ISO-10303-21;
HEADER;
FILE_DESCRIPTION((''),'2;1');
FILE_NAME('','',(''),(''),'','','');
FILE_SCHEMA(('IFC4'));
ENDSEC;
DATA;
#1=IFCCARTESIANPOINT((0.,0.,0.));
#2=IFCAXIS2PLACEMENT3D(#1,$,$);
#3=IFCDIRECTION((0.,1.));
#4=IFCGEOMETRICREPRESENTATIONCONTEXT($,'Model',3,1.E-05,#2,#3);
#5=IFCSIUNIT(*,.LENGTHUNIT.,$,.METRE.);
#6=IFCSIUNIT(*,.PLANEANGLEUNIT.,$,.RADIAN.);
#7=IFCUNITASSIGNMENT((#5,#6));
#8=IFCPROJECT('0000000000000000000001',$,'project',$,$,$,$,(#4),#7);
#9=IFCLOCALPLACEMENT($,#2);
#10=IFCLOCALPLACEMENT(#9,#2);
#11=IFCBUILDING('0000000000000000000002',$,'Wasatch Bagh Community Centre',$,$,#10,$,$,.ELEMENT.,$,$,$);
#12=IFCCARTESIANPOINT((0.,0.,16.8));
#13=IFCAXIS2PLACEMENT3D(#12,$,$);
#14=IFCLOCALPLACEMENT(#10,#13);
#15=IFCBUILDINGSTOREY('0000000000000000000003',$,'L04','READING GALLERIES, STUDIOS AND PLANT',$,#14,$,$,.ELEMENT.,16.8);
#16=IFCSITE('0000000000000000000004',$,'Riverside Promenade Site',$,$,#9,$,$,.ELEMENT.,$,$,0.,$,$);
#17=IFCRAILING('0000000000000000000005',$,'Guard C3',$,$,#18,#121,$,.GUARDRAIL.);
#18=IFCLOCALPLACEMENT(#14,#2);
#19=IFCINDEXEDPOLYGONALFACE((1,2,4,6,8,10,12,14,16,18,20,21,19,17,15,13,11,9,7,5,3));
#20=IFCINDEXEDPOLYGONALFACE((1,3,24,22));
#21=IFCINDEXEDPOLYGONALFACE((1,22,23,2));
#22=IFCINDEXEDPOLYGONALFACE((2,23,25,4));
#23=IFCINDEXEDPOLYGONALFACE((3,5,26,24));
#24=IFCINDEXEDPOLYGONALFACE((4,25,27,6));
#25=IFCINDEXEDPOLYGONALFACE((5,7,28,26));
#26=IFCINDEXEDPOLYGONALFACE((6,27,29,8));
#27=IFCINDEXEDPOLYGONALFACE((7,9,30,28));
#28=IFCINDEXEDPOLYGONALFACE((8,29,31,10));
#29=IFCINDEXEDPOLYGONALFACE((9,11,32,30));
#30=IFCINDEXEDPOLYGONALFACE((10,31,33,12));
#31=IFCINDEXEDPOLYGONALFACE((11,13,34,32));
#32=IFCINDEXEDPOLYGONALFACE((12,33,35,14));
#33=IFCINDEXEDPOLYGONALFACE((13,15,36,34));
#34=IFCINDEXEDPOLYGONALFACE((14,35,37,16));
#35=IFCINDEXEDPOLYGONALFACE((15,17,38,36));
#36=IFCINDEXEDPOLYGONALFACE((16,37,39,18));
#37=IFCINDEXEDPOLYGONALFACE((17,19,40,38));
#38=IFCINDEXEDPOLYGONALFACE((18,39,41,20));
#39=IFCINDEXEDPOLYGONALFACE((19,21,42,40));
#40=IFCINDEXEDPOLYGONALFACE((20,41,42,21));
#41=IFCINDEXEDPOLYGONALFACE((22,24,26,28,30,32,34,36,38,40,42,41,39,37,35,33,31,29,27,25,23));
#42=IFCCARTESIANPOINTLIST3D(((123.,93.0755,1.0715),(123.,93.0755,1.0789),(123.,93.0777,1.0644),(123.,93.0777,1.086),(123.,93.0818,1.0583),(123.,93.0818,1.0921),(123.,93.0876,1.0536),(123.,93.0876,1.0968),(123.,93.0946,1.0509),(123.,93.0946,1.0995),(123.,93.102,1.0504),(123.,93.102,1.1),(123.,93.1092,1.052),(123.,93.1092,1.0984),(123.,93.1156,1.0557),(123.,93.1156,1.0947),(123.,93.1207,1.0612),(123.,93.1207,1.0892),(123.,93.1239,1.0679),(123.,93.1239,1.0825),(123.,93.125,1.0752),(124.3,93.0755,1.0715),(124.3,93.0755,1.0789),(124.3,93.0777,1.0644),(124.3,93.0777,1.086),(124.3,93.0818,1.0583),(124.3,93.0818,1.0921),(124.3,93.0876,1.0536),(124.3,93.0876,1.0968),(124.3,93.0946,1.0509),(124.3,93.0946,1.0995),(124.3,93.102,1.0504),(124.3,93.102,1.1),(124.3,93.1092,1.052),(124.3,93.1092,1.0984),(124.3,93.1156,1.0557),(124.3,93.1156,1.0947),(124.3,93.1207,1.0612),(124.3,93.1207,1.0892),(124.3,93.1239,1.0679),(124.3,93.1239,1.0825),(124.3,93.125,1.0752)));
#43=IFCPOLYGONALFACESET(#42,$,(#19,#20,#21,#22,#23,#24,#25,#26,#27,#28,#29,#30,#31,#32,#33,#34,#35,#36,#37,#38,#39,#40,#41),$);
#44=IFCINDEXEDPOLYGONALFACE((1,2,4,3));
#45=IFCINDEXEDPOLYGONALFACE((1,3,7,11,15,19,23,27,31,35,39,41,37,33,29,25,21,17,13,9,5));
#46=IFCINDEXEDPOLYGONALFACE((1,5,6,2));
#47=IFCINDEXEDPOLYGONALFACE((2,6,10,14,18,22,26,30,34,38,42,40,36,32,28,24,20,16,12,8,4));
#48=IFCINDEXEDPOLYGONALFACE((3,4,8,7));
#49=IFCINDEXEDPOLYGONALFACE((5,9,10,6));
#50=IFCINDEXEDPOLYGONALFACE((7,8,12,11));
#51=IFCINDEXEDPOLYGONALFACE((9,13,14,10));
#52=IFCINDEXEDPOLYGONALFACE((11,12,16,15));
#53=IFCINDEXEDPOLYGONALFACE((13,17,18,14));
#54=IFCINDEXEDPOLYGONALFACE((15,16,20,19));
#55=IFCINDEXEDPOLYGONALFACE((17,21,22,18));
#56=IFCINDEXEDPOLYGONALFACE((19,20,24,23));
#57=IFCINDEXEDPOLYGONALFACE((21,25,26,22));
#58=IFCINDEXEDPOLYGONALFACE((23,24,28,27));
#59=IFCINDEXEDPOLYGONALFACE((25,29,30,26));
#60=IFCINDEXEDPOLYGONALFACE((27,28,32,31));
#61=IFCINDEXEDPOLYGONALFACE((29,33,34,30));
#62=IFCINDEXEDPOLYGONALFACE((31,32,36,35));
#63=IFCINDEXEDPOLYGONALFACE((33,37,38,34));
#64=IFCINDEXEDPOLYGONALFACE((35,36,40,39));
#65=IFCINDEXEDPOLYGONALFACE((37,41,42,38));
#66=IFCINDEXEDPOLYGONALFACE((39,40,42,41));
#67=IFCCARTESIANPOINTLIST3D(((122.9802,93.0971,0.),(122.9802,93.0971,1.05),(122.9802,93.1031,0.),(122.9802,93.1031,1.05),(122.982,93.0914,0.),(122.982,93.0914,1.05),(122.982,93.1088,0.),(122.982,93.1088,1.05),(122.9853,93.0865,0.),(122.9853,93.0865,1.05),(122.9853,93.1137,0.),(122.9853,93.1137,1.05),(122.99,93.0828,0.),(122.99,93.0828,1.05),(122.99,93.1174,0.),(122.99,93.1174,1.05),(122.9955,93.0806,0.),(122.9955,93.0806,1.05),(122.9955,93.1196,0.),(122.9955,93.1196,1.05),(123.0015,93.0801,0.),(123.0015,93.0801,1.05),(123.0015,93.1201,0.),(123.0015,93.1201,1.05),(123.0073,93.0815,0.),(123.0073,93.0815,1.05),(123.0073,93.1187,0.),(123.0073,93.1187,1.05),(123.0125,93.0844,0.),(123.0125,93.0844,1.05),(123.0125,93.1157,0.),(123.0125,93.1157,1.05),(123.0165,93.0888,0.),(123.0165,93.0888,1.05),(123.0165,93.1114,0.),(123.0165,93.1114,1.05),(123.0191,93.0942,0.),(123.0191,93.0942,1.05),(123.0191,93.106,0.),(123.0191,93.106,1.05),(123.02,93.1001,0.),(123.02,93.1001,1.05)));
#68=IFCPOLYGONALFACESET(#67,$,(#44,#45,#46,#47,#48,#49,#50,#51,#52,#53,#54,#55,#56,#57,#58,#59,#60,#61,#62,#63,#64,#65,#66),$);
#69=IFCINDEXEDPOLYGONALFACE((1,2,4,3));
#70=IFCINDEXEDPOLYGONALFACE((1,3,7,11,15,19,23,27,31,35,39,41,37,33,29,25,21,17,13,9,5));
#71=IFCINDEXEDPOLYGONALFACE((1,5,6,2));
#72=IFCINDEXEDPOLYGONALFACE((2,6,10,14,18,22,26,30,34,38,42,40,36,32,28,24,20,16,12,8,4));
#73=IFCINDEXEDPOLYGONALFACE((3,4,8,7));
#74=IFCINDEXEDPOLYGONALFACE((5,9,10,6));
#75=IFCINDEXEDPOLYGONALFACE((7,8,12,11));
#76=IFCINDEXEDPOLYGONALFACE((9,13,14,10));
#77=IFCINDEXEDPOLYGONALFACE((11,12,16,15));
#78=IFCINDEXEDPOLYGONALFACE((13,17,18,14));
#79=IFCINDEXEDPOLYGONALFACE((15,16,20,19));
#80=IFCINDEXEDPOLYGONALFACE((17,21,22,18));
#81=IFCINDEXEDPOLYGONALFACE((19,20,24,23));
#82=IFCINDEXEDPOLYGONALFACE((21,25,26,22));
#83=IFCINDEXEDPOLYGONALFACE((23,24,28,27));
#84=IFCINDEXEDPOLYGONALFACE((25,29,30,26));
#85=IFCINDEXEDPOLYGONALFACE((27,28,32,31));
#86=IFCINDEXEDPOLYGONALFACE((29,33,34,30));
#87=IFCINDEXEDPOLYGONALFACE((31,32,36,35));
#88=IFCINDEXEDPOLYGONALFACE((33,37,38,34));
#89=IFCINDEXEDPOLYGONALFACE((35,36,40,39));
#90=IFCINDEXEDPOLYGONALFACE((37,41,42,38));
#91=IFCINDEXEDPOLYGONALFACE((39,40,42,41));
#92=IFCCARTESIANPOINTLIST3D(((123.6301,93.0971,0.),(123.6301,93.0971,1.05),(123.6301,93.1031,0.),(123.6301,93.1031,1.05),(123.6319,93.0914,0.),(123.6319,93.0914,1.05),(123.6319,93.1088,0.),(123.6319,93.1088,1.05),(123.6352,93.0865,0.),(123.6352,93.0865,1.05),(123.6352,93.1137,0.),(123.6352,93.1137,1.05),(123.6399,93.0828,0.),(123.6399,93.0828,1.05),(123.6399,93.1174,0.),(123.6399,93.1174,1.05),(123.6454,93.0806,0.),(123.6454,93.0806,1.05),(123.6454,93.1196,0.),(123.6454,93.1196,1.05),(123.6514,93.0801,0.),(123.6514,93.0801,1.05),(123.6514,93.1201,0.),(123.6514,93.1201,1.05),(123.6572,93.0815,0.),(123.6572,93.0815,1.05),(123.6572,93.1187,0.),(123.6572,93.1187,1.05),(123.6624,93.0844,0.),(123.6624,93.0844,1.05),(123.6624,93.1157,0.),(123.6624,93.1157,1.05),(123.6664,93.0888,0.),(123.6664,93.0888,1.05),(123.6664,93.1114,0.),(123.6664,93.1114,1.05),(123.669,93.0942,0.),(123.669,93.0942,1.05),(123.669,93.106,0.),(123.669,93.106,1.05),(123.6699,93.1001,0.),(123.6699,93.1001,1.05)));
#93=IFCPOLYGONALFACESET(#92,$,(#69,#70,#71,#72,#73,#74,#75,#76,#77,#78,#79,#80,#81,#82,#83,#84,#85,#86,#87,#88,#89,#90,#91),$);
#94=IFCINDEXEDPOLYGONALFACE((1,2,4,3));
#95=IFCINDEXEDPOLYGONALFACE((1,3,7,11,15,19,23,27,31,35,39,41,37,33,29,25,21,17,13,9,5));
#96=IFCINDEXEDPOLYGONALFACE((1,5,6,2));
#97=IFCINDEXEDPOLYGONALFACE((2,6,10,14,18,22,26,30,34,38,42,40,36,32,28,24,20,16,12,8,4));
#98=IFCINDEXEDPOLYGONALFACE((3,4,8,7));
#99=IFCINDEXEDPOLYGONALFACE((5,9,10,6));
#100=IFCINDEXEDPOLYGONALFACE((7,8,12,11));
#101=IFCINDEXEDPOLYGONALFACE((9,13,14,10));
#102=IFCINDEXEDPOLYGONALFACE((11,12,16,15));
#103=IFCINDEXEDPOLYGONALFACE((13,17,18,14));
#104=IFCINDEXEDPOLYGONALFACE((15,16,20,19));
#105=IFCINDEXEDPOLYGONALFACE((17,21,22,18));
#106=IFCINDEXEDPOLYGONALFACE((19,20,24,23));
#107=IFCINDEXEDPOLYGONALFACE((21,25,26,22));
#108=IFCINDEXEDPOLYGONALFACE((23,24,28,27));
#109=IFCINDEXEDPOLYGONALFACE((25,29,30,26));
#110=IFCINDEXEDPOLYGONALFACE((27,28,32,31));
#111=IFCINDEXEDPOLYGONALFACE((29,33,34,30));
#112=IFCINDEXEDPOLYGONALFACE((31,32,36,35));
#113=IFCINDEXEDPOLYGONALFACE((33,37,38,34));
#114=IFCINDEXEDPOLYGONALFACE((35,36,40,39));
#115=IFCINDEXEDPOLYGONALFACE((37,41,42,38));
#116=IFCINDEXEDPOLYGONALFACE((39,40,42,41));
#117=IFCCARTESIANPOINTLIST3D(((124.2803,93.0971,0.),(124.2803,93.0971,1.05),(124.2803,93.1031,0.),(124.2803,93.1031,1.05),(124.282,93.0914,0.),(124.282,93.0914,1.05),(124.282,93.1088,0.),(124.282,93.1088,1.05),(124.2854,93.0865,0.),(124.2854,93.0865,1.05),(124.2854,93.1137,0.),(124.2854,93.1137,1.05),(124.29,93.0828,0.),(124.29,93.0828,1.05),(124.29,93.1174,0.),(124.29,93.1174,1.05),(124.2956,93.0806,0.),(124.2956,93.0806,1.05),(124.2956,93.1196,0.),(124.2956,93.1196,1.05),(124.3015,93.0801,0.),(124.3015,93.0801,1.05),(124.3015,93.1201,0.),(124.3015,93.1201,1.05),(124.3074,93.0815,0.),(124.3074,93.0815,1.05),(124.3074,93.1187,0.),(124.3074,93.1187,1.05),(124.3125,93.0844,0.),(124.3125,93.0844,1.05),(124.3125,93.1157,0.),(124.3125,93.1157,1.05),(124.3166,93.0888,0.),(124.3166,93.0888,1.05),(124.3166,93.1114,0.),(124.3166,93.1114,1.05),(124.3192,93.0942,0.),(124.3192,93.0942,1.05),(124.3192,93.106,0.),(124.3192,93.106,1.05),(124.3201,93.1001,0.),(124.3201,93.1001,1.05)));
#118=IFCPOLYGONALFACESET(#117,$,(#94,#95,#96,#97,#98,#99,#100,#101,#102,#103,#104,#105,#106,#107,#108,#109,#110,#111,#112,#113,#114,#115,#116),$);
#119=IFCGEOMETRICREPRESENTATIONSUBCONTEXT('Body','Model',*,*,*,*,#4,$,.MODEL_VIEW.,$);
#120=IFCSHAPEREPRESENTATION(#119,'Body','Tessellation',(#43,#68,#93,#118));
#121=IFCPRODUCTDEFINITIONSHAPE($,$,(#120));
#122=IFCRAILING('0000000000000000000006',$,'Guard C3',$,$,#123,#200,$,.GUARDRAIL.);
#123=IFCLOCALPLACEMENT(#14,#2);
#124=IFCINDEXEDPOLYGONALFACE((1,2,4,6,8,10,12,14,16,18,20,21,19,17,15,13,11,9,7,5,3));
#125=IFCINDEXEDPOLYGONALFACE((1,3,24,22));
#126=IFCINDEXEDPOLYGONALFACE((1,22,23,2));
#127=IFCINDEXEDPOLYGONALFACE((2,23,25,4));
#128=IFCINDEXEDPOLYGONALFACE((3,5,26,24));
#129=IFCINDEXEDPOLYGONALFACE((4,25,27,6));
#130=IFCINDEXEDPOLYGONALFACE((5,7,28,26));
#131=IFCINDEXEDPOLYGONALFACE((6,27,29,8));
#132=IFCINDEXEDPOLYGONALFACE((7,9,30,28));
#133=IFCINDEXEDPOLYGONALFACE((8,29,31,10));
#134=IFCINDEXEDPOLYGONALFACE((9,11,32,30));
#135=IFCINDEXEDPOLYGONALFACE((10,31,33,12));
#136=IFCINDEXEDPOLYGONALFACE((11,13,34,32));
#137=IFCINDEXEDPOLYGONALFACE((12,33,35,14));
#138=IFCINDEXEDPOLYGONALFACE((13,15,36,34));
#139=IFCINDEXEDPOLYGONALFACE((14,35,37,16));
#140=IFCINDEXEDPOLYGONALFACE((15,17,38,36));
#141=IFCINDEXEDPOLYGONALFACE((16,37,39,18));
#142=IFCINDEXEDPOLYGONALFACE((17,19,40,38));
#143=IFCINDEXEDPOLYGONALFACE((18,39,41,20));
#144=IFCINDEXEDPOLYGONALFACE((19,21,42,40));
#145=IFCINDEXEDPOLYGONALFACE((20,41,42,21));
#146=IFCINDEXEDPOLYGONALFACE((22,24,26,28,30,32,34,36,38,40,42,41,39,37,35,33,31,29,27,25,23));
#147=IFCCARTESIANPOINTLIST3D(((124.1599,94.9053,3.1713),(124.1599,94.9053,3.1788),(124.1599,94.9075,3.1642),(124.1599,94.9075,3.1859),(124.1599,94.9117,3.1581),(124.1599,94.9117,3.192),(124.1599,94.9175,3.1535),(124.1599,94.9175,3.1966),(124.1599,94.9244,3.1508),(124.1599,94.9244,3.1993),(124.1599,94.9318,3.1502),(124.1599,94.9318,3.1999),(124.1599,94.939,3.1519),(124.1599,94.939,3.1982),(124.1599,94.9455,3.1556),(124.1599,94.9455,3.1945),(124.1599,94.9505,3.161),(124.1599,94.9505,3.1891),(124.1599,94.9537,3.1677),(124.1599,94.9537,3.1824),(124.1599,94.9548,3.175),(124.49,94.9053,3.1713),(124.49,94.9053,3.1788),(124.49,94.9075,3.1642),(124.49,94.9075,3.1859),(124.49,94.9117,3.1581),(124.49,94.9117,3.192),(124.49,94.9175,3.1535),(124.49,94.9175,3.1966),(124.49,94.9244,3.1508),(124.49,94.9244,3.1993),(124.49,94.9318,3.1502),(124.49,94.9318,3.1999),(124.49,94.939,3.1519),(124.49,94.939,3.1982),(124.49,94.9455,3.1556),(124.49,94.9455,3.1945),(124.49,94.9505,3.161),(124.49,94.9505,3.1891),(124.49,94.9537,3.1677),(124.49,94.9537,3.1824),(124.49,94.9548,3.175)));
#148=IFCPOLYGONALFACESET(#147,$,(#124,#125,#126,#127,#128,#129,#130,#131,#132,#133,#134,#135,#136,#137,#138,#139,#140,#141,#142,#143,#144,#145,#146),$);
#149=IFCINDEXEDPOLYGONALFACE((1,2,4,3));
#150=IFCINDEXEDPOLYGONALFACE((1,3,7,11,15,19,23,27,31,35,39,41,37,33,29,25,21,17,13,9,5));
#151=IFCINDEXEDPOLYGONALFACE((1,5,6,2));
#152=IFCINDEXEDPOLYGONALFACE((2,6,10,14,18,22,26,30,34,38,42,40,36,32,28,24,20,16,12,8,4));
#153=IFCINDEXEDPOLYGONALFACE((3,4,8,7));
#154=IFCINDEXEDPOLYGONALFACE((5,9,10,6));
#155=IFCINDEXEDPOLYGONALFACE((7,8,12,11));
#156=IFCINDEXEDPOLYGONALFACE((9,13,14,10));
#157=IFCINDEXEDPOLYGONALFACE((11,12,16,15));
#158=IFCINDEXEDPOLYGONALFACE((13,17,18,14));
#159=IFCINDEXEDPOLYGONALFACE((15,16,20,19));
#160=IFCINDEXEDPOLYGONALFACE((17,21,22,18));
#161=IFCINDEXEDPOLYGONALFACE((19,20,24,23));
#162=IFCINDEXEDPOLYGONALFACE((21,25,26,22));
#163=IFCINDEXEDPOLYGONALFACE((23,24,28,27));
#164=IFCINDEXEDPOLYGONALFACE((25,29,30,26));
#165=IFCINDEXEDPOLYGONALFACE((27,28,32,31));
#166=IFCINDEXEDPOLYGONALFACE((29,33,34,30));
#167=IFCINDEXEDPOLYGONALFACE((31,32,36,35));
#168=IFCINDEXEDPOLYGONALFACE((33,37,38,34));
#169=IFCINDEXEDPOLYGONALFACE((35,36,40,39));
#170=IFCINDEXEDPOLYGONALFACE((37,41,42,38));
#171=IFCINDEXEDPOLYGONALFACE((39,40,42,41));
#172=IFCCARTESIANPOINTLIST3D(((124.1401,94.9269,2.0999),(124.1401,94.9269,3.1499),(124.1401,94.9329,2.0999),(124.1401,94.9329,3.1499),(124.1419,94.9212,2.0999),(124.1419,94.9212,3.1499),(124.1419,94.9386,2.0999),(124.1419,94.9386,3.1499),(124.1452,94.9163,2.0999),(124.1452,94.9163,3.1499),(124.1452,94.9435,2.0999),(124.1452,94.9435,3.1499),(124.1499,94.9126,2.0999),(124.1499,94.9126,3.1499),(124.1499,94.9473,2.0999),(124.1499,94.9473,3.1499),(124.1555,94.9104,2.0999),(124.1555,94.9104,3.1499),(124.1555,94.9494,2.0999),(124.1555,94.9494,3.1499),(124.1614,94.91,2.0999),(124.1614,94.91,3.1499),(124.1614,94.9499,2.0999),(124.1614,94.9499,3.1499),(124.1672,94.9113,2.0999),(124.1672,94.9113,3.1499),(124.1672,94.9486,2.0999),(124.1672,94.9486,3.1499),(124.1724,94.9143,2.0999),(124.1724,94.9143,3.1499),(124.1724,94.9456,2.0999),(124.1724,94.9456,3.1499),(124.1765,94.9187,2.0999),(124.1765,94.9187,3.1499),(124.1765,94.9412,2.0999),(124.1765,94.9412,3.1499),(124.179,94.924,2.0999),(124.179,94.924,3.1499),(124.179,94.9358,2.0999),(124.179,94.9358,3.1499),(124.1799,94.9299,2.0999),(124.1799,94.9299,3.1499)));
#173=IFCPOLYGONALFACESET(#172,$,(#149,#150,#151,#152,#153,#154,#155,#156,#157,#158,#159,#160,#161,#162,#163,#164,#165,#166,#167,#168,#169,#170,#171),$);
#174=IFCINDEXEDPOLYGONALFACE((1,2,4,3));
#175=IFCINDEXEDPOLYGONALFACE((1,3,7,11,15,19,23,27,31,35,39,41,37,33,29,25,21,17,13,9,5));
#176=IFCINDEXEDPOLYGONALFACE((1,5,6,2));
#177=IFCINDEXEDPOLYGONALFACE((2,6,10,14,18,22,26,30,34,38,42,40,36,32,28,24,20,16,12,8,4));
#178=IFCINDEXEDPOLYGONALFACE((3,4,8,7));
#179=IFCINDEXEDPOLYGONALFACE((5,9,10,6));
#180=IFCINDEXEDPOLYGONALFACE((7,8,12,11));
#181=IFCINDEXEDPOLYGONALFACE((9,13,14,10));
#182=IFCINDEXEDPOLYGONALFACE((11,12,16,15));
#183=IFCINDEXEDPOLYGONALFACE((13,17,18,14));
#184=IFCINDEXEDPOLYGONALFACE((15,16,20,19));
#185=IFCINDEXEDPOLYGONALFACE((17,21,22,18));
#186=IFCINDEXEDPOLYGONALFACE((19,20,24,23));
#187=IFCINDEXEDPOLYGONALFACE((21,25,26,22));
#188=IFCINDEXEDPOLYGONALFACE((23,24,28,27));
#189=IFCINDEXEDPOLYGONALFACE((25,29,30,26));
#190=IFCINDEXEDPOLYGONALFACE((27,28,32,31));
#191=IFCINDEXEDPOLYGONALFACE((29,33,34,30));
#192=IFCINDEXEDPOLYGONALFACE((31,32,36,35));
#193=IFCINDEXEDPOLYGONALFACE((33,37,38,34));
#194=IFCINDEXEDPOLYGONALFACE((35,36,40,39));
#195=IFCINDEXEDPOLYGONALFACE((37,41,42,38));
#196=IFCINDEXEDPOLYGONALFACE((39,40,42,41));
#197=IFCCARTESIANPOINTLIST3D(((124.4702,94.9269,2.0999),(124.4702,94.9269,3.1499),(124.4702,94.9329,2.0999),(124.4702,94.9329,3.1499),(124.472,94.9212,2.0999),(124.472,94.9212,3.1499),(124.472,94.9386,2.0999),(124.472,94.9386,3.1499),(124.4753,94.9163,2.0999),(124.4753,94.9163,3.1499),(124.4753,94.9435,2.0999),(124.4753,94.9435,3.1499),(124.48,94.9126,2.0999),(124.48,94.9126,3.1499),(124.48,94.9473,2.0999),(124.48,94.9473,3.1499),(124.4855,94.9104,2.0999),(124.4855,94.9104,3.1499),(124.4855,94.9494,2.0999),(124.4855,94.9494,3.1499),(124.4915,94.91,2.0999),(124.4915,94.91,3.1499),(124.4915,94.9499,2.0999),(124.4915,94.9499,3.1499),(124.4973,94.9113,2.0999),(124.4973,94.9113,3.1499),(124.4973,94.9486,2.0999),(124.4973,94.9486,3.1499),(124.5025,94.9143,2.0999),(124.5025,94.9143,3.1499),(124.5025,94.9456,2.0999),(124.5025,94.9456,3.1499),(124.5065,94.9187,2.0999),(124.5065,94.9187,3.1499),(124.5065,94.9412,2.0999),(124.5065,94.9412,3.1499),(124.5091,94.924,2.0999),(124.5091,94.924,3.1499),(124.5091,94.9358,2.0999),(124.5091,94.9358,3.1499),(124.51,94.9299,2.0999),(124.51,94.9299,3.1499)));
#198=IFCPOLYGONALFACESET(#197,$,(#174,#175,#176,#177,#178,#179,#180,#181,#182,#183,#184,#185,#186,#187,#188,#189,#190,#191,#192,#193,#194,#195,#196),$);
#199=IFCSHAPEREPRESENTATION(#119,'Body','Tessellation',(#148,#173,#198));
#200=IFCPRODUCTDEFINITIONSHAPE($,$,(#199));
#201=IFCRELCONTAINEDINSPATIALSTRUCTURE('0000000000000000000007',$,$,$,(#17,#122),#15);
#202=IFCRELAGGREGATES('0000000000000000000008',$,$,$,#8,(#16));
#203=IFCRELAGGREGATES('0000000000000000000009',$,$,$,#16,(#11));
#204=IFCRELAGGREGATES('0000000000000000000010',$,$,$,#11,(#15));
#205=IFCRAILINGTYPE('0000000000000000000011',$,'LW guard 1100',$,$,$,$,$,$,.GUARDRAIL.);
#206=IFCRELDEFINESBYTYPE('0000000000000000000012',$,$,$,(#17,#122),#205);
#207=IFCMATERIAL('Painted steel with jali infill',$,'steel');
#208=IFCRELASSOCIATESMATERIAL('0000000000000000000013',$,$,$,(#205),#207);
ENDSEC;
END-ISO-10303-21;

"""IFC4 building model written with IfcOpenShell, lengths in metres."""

from ifc_helpers import new_model, si_unit, direction, frame, origin, origin_2d, place, context, subcontext, project, spatial, circle, extrude, material, type_object, element, save


model = new_model("IFC4")

# Units and contexts
model_context = context("Model", 3, precision=1e-05, world=origin(), true_north=direction((0.0, 1.0)))
body_context = subcontext(model_context, "Body", "Model", "MODEL_VIEW")
ifc_project = project(units=[si_unit("LENGTHUNIT", "METRE"), si_unit("PLANEANGLEUNIT", "RADIAN")], contexts=[model_context])

# Site, building, storey
site_placement = place(None, origin())
site = spatial("IfcSite", under=ifc_project, at=site_placement, Name="Riverside Promenade Site", CompositionType="ELEMENT", RefElevation=0.0)
building_placement = place(site_placement, origin())
building = spatial("IfcBuilding", under=site, at=building_placement, Name="Wasatch Bagh Community Centre", CompositionType="ELEMENT")
storey_placement = place(building_placement, frame((0.0, 0.0, 16.8)))
storey = spatial("IfcBuildingStorey", under=building, at=storey_placement, Name="L04", Description="READING GALLERIES, STUDIOS AND PLANT", CompositionType="ELEMENT", Elevation=16.8)

# Railings
ifc_material_1 = material(Name="Painted steel with jali infill", Category="steel")
railing_type_1 = type_object("IfcRailingType", Name="LW guard 1100", PredefinedType="GUARDRAIL", material=ifc_material_1)
railing_1_placement = place(storey_placement, frame((123.0, 93.1001, 0.0)))
element("IfcRailing", 1, at=railing_1_placement, inside=storey, type_object=railing_type_1, Name="Guard C3", PredefinedType="GUARDRAIL", context=body_context, shape_type="SweptSolid", body=[
    extrude(circle(Radius=0.0249, at=origin_2d()), frame((0.0, 0.0, 1.0752), z_axis=(1.0, 0.0, 0.0), x_axis=(0.0, 1.0, 0.0)), (0.0, 0.0, 1.0), 1.3),
    extrude(circle(Radius=0.02, at=origin_2d()), origin(), (0.0, 0.0, 1.0), 1.05),
    extrude(circle(Radius=0.02, at=origin_2d()), frame((0.6499, 0.0, 0.0)), (0.0, 0.0, 1.0), 1.05),
    extrude(circle(Radius=0.02, at=origin_2d()), frame((1.3, 0.0, 0.0)), (0.0, 0.0, 1.0), 1.05),
])
railing_2_placement = place(storey_placement, frame((124.1599, 94.9299, 2.0999)))
element("IfcRailing", 2, at=railing_2_placement, inside=storey, type_object=railing_type_1, Name="Guard C3", PredefinedType="GUARDRAIL", context=body_context, shape_type="SweptSolid", body=[
    extrude(circle(Radius=0.0249, at=origin_2d()), frame((0.0, 0.0, 1.0752), z_axis=(1.0, 0.0, 0.0), x_axis=(0.0, 1.0, 0.0)), (0.0, 0.0, 1.0), 0.3301),
    extrude(circle(Radius=0.02, at=origin_2d()), origin(), (0.0, 0.0, 1.0), 1.05),
    extrude(circle(Radius=0.02, at=origin_2d()), frame((0.3301, 0.0, 0.0)), (0.0, 0.0, 1.0), 1.05),
])

save(model, "model.ifc")
